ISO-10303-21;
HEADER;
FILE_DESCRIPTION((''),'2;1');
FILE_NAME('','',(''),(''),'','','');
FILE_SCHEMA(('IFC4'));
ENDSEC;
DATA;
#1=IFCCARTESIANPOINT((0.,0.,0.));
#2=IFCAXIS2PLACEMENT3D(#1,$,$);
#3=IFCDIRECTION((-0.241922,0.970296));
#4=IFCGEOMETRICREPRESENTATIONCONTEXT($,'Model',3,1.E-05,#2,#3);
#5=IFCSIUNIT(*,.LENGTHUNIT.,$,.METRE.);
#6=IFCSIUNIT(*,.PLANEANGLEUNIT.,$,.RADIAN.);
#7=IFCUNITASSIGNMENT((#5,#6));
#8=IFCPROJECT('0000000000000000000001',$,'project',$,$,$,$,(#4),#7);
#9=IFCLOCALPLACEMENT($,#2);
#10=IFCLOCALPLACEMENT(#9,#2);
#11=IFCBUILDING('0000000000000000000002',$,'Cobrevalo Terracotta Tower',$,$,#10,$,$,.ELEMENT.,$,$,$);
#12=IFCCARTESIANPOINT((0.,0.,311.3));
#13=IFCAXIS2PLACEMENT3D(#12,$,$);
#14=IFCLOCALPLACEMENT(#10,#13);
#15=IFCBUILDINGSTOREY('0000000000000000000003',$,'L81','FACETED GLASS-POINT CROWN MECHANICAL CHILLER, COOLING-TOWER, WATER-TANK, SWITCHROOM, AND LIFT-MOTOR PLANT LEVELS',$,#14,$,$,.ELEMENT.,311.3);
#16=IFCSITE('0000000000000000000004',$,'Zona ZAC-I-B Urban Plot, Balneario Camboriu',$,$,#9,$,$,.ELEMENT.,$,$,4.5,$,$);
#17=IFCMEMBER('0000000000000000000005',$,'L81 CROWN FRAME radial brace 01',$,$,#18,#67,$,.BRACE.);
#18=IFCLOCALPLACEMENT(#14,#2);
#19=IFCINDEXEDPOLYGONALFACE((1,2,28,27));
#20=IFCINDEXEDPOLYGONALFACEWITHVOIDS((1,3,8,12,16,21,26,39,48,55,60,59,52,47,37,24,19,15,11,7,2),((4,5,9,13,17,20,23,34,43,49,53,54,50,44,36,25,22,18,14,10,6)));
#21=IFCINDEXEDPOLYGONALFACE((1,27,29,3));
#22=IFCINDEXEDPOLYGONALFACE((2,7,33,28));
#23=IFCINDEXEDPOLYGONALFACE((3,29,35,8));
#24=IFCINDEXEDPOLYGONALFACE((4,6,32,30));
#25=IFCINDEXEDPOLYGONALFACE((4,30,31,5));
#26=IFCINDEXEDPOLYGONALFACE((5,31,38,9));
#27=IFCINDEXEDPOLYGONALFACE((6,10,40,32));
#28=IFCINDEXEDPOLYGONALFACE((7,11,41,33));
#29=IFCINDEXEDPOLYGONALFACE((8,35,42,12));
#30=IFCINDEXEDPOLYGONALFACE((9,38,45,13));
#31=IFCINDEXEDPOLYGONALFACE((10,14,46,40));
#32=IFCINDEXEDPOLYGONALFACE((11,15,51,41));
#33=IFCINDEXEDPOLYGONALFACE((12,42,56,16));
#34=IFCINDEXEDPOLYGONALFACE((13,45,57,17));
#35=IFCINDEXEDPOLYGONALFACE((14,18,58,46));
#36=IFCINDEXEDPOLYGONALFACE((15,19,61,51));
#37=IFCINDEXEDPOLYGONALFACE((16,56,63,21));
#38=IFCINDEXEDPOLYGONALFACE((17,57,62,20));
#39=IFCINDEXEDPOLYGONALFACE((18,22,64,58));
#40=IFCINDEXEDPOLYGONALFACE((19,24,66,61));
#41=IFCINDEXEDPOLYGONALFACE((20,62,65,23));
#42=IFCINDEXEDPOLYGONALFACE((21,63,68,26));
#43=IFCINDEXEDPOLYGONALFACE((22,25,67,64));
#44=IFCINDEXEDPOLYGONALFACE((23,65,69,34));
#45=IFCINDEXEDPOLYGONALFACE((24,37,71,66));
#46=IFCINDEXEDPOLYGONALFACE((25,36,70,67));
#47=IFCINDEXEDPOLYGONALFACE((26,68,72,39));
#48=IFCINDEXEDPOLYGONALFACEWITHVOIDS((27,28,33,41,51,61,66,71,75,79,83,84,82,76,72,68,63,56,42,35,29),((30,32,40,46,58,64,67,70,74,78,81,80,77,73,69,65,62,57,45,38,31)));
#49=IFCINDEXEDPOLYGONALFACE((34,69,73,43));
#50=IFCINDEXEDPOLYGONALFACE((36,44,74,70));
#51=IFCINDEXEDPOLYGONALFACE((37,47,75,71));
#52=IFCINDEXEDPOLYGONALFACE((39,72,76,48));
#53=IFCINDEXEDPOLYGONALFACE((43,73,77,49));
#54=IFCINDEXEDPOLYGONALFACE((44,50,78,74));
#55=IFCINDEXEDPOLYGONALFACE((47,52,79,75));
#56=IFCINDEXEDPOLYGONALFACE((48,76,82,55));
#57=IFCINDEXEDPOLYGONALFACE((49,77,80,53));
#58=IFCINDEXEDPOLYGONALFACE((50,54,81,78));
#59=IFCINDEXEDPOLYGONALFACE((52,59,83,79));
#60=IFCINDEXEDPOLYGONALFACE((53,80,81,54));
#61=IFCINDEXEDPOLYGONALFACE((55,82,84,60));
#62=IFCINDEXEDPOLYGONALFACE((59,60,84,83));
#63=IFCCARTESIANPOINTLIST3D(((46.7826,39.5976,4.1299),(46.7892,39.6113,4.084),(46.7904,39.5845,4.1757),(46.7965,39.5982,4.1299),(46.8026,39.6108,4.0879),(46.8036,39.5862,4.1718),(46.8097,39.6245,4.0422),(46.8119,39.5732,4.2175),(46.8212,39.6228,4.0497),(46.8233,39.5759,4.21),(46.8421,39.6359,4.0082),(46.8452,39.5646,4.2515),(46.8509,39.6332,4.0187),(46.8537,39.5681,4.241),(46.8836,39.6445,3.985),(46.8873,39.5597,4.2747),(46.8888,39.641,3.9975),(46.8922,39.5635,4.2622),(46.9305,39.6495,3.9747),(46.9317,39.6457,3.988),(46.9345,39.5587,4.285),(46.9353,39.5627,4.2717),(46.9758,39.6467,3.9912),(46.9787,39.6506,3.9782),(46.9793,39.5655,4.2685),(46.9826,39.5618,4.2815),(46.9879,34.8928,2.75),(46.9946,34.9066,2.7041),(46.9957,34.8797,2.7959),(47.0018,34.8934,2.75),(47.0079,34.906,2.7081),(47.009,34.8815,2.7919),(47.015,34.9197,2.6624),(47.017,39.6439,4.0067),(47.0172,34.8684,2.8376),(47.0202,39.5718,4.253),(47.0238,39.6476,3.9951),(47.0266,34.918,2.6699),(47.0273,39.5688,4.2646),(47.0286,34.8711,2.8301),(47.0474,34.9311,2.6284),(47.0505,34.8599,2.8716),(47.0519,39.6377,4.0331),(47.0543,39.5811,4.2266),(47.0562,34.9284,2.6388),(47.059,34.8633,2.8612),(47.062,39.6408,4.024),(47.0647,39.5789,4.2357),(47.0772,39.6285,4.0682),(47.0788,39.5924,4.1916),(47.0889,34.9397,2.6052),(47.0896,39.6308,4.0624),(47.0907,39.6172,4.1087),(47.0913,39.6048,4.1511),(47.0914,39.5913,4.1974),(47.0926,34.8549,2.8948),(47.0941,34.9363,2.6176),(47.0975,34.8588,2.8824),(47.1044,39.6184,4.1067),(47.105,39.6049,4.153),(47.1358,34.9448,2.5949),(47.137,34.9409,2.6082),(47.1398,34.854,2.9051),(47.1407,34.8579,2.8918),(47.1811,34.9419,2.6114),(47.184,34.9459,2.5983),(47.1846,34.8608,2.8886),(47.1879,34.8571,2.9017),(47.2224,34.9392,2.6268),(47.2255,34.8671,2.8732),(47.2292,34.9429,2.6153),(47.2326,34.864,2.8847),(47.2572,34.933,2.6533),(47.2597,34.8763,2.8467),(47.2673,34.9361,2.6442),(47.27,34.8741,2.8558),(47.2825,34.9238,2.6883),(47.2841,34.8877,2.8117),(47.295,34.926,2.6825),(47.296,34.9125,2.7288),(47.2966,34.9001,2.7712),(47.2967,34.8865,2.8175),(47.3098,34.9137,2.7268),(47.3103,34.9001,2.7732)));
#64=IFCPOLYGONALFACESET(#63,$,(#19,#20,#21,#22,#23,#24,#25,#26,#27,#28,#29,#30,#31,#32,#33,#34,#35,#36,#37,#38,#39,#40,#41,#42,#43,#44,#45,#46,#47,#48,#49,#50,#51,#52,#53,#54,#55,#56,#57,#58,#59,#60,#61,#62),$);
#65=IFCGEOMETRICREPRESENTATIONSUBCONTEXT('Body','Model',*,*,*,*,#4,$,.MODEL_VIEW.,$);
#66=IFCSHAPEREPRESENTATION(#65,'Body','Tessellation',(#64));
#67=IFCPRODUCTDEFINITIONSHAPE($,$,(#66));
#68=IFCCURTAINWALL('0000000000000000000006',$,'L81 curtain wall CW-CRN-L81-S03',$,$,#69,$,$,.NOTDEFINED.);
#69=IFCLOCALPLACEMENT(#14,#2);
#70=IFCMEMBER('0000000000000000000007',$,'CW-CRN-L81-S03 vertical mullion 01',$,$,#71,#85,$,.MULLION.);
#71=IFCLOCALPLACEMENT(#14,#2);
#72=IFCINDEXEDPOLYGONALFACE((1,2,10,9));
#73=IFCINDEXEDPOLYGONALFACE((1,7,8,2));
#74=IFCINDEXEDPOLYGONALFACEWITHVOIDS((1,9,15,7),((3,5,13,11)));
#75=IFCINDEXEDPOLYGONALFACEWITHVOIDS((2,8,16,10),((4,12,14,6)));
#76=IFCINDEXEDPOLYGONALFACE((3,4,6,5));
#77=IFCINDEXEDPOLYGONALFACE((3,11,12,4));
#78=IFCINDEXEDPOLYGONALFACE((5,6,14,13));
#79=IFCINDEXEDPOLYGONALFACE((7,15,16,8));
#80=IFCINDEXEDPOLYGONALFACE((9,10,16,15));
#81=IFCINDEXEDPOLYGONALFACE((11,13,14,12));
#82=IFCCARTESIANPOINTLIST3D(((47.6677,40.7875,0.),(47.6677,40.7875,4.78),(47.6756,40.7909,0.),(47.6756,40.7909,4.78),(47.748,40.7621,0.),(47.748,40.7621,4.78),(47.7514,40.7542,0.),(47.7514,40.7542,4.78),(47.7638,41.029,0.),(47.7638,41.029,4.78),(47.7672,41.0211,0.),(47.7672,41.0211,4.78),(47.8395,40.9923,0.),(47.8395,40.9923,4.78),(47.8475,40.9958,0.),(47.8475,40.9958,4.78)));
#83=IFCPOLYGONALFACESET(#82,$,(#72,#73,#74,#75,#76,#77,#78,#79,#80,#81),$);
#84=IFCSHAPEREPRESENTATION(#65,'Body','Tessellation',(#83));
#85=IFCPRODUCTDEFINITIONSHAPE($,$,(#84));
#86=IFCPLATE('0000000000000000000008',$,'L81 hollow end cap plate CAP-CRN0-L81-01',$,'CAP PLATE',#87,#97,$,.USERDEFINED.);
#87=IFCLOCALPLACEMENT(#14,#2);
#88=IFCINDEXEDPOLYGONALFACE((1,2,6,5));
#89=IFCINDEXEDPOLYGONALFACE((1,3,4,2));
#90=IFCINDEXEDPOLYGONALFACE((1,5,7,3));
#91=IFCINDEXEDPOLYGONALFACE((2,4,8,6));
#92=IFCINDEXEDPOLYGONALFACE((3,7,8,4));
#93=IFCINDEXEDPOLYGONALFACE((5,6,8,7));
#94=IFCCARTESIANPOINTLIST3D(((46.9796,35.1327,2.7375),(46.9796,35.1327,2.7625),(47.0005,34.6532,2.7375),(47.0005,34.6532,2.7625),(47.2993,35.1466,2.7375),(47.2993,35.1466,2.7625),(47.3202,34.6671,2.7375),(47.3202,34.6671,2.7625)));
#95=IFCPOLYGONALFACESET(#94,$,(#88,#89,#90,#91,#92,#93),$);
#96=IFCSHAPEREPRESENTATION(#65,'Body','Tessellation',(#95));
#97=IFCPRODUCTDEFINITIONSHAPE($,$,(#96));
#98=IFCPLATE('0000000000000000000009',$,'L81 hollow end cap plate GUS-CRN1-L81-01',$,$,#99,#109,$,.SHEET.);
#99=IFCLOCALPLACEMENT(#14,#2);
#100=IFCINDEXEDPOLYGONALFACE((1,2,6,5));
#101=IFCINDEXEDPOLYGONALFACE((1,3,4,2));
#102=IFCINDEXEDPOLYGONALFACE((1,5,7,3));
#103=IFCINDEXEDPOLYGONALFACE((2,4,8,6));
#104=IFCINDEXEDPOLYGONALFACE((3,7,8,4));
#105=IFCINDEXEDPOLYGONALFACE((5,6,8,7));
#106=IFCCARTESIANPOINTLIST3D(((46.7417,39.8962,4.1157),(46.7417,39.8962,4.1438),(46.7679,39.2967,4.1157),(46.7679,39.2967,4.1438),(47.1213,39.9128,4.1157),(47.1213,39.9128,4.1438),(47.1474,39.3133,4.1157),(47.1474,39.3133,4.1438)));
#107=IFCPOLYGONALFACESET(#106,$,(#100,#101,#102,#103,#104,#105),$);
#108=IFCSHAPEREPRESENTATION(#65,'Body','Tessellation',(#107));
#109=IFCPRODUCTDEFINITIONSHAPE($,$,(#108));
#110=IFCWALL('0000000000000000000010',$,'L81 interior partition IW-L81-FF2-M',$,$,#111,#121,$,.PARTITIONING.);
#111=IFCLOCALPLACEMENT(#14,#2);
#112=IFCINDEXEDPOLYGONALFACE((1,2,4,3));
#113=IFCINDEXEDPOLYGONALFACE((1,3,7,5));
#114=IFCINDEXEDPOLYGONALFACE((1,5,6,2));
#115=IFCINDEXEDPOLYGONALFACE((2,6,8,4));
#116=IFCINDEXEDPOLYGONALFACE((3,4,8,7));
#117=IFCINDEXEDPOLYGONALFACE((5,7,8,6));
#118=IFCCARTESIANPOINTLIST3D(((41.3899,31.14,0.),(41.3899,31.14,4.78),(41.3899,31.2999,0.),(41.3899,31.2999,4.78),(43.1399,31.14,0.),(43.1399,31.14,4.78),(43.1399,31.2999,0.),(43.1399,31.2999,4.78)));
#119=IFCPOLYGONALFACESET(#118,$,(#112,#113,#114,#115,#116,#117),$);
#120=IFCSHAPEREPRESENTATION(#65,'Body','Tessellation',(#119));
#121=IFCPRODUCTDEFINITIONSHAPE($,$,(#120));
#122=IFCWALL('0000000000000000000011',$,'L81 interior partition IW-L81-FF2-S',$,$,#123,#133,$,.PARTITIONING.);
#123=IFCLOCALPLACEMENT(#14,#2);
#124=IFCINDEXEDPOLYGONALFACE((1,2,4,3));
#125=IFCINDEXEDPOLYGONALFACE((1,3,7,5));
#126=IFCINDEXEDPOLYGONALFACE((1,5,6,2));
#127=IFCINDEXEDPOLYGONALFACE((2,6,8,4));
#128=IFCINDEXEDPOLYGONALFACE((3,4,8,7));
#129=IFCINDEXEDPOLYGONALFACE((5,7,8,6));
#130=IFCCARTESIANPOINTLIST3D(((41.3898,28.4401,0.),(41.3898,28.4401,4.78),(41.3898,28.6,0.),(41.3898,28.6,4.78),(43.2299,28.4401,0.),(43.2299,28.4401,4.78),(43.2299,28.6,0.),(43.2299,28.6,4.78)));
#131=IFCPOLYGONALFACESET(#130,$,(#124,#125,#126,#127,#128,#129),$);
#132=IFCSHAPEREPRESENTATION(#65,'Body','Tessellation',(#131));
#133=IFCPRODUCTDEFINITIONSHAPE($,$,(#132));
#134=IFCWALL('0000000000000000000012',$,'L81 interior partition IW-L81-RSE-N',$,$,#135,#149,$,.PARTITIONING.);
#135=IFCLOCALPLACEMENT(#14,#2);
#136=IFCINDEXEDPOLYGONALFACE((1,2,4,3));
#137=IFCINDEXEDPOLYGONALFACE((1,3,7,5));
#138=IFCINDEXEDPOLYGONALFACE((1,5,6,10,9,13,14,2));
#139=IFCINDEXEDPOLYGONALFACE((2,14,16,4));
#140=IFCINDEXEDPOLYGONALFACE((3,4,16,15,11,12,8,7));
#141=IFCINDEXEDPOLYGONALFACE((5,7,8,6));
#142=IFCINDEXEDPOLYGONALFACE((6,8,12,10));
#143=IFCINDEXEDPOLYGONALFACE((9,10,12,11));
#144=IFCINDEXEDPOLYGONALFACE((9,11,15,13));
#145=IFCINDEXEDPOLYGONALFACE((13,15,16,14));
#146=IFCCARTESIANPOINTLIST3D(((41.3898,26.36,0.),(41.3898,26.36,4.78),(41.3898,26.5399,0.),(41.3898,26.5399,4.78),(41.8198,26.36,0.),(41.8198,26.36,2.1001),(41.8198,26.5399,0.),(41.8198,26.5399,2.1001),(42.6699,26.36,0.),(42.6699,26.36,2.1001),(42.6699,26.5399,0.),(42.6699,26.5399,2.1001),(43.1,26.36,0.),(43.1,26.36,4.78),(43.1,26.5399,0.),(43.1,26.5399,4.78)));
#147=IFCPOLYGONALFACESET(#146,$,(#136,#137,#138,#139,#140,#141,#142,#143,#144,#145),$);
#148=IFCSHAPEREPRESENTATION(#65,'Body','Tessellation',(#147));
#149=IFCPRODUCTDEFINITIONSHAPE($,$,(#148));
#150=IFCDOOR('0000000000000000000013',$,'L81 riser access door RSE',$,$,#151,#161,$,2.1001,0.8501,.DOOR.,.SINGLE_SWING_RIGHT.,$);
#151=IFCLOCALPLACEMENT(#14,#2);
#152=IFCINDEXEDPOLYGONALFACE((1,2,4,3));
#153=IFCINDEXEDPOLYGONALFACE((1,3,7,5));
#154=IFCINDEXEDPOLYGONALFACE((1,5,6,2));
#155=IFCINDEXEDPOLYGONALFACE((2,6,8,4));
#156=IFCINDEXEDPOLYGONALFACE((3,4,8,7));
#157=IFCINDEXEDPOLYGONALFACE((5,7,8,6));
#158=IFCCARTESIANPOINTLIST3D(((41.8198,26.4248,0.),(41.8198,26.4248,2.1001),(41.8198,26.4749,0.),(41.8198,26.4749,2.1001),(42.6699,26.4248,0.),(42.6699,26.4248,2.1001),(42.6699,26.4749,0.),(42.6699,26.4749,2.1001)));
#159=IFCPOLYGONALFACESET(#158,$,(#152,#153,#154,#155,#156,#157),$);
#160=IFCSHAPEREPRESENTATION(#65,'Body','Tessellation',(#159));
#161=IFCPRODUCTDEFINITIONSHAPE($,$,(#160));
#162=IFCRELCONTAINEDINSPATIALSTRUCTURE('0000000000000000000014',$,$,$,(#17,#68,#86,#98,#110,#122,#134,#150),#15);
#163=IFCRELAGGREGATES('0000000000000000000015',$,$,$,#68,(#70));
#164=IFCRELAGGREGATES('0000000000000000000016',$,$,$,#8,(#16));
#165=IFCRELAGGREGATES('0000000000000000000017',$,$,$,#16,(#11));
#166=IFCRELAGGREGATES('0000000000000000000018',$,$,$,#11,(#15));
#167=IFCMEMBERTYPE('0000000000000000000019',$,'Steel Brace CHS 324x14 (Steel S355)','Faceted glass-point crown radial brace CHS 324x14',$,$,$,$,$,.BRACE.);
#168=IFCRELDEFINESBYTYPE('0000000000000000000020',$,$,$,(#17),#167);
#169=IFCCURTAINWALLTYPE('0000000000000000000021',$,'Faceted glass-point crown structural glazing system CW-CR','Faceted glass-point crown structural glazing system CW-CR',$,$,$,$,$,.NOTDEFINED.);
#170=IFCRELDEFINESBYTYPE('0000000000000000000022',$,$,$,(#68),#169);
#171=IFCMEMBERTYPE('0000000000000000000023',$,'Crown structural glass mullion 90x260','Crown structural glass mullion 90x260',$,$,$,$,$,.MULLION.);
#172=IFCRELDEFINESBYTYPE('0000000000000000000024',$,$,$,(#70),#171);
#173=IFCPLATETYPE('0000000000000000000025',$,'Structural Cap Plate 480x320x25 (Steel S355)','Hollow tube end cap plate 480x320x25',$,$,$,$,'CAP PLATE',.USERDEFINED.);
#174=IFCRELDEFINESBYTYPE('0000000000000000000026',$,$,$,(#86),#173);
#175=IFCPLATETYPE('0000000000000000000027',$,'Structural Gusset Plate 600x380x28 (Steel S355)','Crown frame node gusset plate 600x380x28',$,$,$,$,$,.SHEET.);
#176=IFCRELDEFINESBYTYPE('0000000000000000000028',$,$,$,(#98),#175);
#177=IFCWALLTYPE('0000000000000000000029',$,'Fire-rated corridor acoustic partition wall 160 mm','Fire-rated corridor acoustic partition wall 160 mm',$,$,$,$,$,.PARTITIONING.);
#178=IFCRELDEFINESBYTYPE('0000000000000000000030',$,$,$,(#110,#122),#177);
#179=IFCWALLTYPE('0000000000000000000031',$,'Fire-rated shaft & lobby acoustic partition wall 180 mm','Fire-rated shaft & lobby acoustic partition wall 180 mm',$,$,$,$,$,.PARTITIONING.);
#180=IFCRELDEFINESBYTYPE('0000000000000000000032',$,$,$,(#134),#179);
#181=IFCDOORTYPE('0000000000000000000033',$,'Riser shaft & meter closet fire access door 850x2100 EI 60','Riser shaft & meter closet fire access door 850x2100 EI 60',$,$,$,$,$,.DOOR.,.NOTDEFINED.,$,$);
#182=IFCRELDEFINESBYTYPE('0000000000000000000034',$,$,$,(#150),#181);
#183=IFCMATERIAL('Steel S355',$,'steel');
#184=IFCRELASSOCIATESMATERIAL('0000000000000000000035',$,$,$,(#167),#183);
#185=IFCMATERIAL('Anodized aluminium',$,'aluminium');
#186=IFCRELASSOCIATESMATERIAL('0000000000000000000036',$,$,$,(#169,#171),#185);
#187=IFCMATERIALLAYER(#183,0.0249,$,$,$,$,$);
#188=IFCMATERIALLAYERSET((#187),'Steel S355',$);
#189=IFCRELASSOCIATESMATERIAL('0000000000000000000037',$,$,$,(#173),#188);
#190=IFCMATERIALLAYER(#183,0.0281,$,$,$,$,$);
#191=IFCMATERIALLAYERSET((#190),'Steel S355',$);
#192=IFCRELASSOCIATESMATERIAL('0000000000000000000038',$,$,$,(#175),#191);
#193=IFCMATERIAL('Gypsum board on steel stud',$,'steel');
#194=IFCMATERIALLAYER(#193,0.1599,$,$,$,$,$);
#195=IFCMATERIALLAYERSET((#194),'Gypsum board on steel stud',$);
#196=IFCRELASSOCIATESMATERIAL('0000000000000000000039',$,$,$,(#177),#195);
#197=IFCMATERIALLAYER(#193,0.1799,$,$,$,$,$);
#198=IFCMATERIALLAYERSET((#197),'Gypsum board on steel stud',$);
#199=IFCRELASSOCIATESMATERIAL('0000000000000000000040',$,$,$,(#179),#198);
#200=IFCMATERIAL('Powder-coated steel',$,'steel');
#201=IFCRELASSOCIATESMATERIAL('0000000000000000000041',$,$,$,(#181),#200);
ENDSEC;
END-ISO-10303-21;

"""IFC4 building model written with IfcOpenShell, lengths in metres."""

from ifc_helpers import new_model, si_unit, direction, frame, frame_2d, origin, origin_2d, place, context, subcontext, project, spatial, rectangle, hollow_rectangle, hollow_circle, extrude, source, transform, mapped, material, layer, layer_set, material_profile, profile_set, type_object, element, fill, aggregate, save


model = new_model("IFC4")

# Units and contexts
model_context = context("Model", 3, precision=1e-05, world=origin(), true_north=direction((-0.241922, 0.970296)))
body_context = subcontext(model_context, "Body", "Model", "MODEL_VIEW")
ifc_project = project(units=[si_unit("LENGTHUNIT", "METRE"), si_unit("PLANEANGLEUNIT", "RADIAN")], contexts=[model_context])

# Site, building, storey
site_placement = place(None, origin())
site = spatial("IfcSite", under=ifc_project, at=site_placement, Name="Zona ZAC-I-B Urban Plot, Balneario Camboriu", CompositionType="ELEMENT", RefElevation=4.5)
building_placement = place(site_placement, origin())
building = spatial("IfcBuilding", under=site, at=building_placement, Name="Cobrevalo Terracotta Tower", CompositionType="ELEMENT")
storey_placement = place(building_placement, frame((0.0, 0.0, 311.3)))
storey = spatial("IfcBuildingStorey", under=building, at=storey_placement, Name="L81", Description="FACETED GLASS-POINT CROWN MECHANICAL CHILLER, COOLING-TOWER, WATER-TANK, SWITCHROOM, AND LIFT-MOTOR PLANT LEVELS", CompositionType="ELEMENT", Elevation=311.3)

# Shared definitions
ifc_material_1 = material(Name="Steel S355", Category="steel")

# Member
ifc_material_profile_1 = material_profile(ifc_material_1, hollow_circle(Radius=0.1621, WallThickness=0.0139, at=origin_2d()), Name="CHS 324x14")
ifc_profile_set_1 = profile_set([ifc_material_profile_1], Name="Steel S355")
member_type_1 = type_object("IfcMemberType", Name="Steel Brace CHS 324x14 (Steel S355)", Description="Faceted glass-point crown radial brace CHS 324x14", PredefinedType="BRACE", material=ifc_profile_set_1)
shared_shape_1 = source(origin(), body_context, "Body", "SweptSolid", [
    extrude(hollow_circle(Radius=0.1621, WallThickness=0.0139, at=origin_2d()), origin(), (0.0, 0.0, 1.0), 4.9072),
])
member_1_placement = place(storey_placement, frame((47.1499, 34.8999, 2.75), z_axis=(-0.04184, 0.95874, 0.281189), x_axis=(-0.999049, -0.043599, 0.0)))
element("IfcMember", 1, at=member_1_placement, inside=storey, type_object=member_type_1, Name="L81 CROWN FRAME radial brace 01", PredefinedType="BRACE", context=body_context, shape_type="MappedRepresentation", body=[
    mapped(shared_shape_1, transform((0.0, 0.0, 0.0), scale=1.0)),
])

# Curtain wall, member
ifc_material_2 = material(Name="Anodized aluminium", Category="aluminium")
curtain_wall_type = type_object("IfcCurtainWallType", Name="Faceted glass-point crown structural glazing system CW-CR", Description="Faceted glass-point crown structural glazing system CW-CR", PredefinedType="NOTDEFINED", material=ifc_material_2)
curtain_wall_placement = place(storey_placement, origin())
curtain_wall = element("IfcCurtainWall", 2, at=curtain_wall_placement, inside=storey, type_object=curtain_wall_type, Name="L81 curtain wall CW-CRN-L81-S03", PredefinedType="NOTDEFINED")
ifc_material_profile_2 = material_profile(ifc_material_2, hollow_rectangle(XDim=0.0901, YDim=0.26, WallThickness=0.0061, at=origin_2d()), Name="CWM 90x260")
ifc_profile_set_2 = profile_set([ifc_material_profile_2], Name="Anodized aluminium")
member_type_2 = type_object("IfcMemberType", Name="Crown structural glass mullion 90x260", Description="Crown structural glass mullion 90x260", PredefinedType="MULLION", material=ifc_profile_set_2)
shared_shape_2 = source(origin(), body_context, "Body", "SweptSolid", [
    extrude(hollow_rectangle(XDim=0.0901, YDim=0.26, WallThickness=0.0061, at=origin_2d()), origin(), (0.0, 0.0, 1.0), 4.78),
])
member_2_placement = place(storey_placement, frame((47.7576, 40.8916, 0.0), z_axis=(0.0, 0.0, 1.0), x_axis=(-0.929191, 0.369601, 0.0)))
member_2 = element("IfcMember", 3, at=member_2_placement, type_object=member_type_2, Name="CW-CRN-L81-S03 vertical mullion 01", PredefinedType="MULLION", context=body_context, shape_type="MappedRepresentation", body=[
    mapped(shared_shape_2, transform((0.0, 0.0, 0.0), scale=1.0)),
])
aggregate(curtain_wall, [member_2])

# Plates
ifc_layer_1 = layer(ifc_material_1, 0.0249)
ifc_layer_set_1 = layer_set([ifc_layer_1], Name="Steel S355")
plate_type_1 = type_object("IfcPlateType", Name="Structural Cap Plate 480x320x25 (Steel S355)", Description="Hollow tube end cap plate 480x320x25", ElementType="CAP PLATE", PredefinedType="USERDEFINED", material=ifc_layer_set_1)
shared_shape_3 = source(origin(), body_context, "Body", "SweptSolid", [
    extrude(rectangle(XDim=0.48, YDim=0.3201, at=origin_2d()), origin(), (0.0, 0.0, 1.0), 0.0249),
])
plate_1_placement = place(storey_placement, frame((47.1499, 34.8999, 2.7375), z_axis=(0.0, 0.0, 1.0), x_axis=(-0.0436, 0.999049, 0.0)))
element("IfcPlate", 4, at=plate_1_placement, inside=storey, type_object=plate_type_1, Name="L81 hollow end cap plate CAP-CRN0-L81-01", ObjectType="CAP PLATE", PredefinedType="USERDEFINED", context=body_context, shape_type="MappedRepresentation", body=[
    mapped(shared_shape_3, transform((0.0, 0.0, 0.0), scale=1.0)),
])
ifc_layer_2 = layer(ifc_material_1, 0.0281)
ifc_layer_set_2 = layer_set([ifc_layer_2], Name="Steel S355")
plate_type_2 = type_object("IfcPlateType", Name="Structural Gusset Plate 600x380x28 (Steel S355)", Description="Crown frame node gusset plate 600x380x28", PredefinedType="SHEET", material=ifc_layer_set_2)
shared_shape_4 = source(origin(), body_context, "Body", "SweptSolid", [
    extrude(rectangle(XDim=0.6001, YDim=0.3799, at=origin_2d()), origin(), (0.0, 0.0, 1.0), 0.0281),
])
plate_2_placement = place(storey_placement, frame((46.9446, 39.6047, 4.1157), z_axis=(0.0, 0.0, 1.0), x_axis=(-0.0436, 0.999049, 0.0)))
element("IfcPlate", 5, at=plate_2_placement, inside=storey, type_object=plate_type_2, Name="L81 hollow end cap plate GUS-CRN1-L81-01", PredefinedType="SHEET", context=body_context, shape_type="MappedRepresentation", body=[
    mapped(shared_shape_4, transform((0.0, 0.0, 0.0), scale=1.0)),
])

# Walls
ifc_material_3 = material(Name="Gypsum board on steel stud", Category="steel")
ifc_layer_3 = layer(ifc_material_3, 0.1599)
ifc_layer_set_3 = layer_set([ifc_layer_3], Name="Gypsum board on steel stud")
wall_type_1 = type_object("IfcWallType", Name="Fire-rated corridor acoustic partition wall 160 mm", Description="Fire-rated corridor acoustic partition wall 160 mm", PredefinedType="PARTITIONING", material=ifc_layer_set_3)
wall_1_placement = place(storey_placement, frame((41.3899, 31.22, 0.0), z_axis=(0.0, 0.0, 1.0), x_axis=(1.0, 0.0, 0.0)))
element("IfcWall", 6, at=wall_1_placement, inside=storey, type_object=wall_type_1, Name="L81 interior partition IW-L81-FF2-M", PredefinedType="PARTITIONING", context=body_context, shape_type="SweptSolid", body=[
    extrude(rectangle(XDim=1.75, YDim=0.1599, at=frame_2d((0.875, 0.0))), origin(), (0.0, 0.0, 1.0), 4.78),
])
wall_2_placement = place(storey_placement, frame((41.3899, 28.52, 0.0), z_axis=(0.0, 0.0, 1.0), x_axis=(1.0, 0.0, 0.0)))
element("IfcWall", 7, at=wall_2_placement, inside=storey, type_object=wall_type_1, Name="L81 interior partition IW-L81-FF2-S", PredefinedType="PARTITIONING", context=body_context, shape_type="SweptSolid", body=[
    extrude(rectangle(XDim=1.8401, YDim=0.1599, at=frame_2d((0.9199, 0.0))), origin(), (0.0, 0.0, 1.0), 4.78),
])

# Wall, opening, door
ifc_layer_4 = layer(ifc_material_3, 0.1799)
ifc_layer_set_4 = layer_set([ifc_layer_4], Name="Gypsum board on steel stud")
wall_type_2 = type_object("IfcWallType", Name="Fire-rated shaft & lobby acoustic partition wall 180 mm", Description="Fire-rated shaft & lobby acoustic partition wall 180 mm", PredefinedType="PARTITIONING", material=ifc_layer_set_4)
wall_3_placement = place(storey_placement, frame((41.3899, 26.45, 0.0), z_axis=(0.0, 0.0, 1.0), x_axis=(1.0, 0.0, 0.0)))
wall_3 = element("IfcWall", 8, at=wall_3_placement, inside=storey, type_object=wall_type_2, Name="L81 interior partition IW-L81-RSE-N", PredefinedType="PARTITIONING", context=body_context, shape_type="SweptSolid", body=[
    extrude(rectangle(XDim=1.7102, YDim=0.1799, at=frame_2d((0.855, 0.0))), origin(), (0.0, 0.0, 1.0), 4.78),
])
opening_1_placement = place(wall_3_placement, frame((0.4299, 0.0, 0.0)))
opening_1 = element("IfcOpeningElement", 9, at=opening_1_placement, cuts=wall_3, PredefinedType="OPENING", context=body_context, shape_type="SweptSolid", body=[
    extrude(rectangle(XDim=0.8501, YDim=2.1001, at=frame_2d((0.425, 1.05))), frame((0.0, 0.1001, 0.0), z_axis=(0.0, -1.0, 0.0), x_axis=(1.0, 0.0, 0.0)), (0.0, 0.0, 1.0), 0.2),
])
ifc_material_4 = material(Name="Powder-coated steel", Category="steel")
door_type_1 = type_object("IfcDoorType", Name="Riser shaft & meter closet fire access door 850x2100 EI 60", Description="Riser shaft & meter closet fire access door 850x2100 EI 60", OperationType="NOTDEFINED", PredefinedType="DOOR", material=ifc_material_4)
shared_shape_5 = source(origin(), body_context, "Body", "SweptSolid", [
    extrude(rectangle(XDim=0.8501, YDim=2.1001, at=frame_2d((0.425, 1.05))), frame((0.0, 0.0249, 0.0), z_axis=(0.0, -1.0, 0.0), x_axis=(1.0, 0.0, 0.0)), (0.0, 0.0, 1.0), 0.05),
])
door_1_placement = place(opening_1_placement, origin())
door_1 = element("IfcDoor", 10, at=door_1_placement, inside=storey, type_object=door_type_1, Name="L81 riser access door RSE", OperationType="SINGLE_SWING_RIGHT", OverallHeight=2.1001, OverallWidth=0.8501, PredefinedType="DOOR", context=body_context, shape_type="MappedRepresentation", body=[
    mapped(shared_shape_5, transform((0.0, 0.0, 0.0), scale=1.0)),
])
fill(opening_1, door_1)

save(model, "model.ifc")
